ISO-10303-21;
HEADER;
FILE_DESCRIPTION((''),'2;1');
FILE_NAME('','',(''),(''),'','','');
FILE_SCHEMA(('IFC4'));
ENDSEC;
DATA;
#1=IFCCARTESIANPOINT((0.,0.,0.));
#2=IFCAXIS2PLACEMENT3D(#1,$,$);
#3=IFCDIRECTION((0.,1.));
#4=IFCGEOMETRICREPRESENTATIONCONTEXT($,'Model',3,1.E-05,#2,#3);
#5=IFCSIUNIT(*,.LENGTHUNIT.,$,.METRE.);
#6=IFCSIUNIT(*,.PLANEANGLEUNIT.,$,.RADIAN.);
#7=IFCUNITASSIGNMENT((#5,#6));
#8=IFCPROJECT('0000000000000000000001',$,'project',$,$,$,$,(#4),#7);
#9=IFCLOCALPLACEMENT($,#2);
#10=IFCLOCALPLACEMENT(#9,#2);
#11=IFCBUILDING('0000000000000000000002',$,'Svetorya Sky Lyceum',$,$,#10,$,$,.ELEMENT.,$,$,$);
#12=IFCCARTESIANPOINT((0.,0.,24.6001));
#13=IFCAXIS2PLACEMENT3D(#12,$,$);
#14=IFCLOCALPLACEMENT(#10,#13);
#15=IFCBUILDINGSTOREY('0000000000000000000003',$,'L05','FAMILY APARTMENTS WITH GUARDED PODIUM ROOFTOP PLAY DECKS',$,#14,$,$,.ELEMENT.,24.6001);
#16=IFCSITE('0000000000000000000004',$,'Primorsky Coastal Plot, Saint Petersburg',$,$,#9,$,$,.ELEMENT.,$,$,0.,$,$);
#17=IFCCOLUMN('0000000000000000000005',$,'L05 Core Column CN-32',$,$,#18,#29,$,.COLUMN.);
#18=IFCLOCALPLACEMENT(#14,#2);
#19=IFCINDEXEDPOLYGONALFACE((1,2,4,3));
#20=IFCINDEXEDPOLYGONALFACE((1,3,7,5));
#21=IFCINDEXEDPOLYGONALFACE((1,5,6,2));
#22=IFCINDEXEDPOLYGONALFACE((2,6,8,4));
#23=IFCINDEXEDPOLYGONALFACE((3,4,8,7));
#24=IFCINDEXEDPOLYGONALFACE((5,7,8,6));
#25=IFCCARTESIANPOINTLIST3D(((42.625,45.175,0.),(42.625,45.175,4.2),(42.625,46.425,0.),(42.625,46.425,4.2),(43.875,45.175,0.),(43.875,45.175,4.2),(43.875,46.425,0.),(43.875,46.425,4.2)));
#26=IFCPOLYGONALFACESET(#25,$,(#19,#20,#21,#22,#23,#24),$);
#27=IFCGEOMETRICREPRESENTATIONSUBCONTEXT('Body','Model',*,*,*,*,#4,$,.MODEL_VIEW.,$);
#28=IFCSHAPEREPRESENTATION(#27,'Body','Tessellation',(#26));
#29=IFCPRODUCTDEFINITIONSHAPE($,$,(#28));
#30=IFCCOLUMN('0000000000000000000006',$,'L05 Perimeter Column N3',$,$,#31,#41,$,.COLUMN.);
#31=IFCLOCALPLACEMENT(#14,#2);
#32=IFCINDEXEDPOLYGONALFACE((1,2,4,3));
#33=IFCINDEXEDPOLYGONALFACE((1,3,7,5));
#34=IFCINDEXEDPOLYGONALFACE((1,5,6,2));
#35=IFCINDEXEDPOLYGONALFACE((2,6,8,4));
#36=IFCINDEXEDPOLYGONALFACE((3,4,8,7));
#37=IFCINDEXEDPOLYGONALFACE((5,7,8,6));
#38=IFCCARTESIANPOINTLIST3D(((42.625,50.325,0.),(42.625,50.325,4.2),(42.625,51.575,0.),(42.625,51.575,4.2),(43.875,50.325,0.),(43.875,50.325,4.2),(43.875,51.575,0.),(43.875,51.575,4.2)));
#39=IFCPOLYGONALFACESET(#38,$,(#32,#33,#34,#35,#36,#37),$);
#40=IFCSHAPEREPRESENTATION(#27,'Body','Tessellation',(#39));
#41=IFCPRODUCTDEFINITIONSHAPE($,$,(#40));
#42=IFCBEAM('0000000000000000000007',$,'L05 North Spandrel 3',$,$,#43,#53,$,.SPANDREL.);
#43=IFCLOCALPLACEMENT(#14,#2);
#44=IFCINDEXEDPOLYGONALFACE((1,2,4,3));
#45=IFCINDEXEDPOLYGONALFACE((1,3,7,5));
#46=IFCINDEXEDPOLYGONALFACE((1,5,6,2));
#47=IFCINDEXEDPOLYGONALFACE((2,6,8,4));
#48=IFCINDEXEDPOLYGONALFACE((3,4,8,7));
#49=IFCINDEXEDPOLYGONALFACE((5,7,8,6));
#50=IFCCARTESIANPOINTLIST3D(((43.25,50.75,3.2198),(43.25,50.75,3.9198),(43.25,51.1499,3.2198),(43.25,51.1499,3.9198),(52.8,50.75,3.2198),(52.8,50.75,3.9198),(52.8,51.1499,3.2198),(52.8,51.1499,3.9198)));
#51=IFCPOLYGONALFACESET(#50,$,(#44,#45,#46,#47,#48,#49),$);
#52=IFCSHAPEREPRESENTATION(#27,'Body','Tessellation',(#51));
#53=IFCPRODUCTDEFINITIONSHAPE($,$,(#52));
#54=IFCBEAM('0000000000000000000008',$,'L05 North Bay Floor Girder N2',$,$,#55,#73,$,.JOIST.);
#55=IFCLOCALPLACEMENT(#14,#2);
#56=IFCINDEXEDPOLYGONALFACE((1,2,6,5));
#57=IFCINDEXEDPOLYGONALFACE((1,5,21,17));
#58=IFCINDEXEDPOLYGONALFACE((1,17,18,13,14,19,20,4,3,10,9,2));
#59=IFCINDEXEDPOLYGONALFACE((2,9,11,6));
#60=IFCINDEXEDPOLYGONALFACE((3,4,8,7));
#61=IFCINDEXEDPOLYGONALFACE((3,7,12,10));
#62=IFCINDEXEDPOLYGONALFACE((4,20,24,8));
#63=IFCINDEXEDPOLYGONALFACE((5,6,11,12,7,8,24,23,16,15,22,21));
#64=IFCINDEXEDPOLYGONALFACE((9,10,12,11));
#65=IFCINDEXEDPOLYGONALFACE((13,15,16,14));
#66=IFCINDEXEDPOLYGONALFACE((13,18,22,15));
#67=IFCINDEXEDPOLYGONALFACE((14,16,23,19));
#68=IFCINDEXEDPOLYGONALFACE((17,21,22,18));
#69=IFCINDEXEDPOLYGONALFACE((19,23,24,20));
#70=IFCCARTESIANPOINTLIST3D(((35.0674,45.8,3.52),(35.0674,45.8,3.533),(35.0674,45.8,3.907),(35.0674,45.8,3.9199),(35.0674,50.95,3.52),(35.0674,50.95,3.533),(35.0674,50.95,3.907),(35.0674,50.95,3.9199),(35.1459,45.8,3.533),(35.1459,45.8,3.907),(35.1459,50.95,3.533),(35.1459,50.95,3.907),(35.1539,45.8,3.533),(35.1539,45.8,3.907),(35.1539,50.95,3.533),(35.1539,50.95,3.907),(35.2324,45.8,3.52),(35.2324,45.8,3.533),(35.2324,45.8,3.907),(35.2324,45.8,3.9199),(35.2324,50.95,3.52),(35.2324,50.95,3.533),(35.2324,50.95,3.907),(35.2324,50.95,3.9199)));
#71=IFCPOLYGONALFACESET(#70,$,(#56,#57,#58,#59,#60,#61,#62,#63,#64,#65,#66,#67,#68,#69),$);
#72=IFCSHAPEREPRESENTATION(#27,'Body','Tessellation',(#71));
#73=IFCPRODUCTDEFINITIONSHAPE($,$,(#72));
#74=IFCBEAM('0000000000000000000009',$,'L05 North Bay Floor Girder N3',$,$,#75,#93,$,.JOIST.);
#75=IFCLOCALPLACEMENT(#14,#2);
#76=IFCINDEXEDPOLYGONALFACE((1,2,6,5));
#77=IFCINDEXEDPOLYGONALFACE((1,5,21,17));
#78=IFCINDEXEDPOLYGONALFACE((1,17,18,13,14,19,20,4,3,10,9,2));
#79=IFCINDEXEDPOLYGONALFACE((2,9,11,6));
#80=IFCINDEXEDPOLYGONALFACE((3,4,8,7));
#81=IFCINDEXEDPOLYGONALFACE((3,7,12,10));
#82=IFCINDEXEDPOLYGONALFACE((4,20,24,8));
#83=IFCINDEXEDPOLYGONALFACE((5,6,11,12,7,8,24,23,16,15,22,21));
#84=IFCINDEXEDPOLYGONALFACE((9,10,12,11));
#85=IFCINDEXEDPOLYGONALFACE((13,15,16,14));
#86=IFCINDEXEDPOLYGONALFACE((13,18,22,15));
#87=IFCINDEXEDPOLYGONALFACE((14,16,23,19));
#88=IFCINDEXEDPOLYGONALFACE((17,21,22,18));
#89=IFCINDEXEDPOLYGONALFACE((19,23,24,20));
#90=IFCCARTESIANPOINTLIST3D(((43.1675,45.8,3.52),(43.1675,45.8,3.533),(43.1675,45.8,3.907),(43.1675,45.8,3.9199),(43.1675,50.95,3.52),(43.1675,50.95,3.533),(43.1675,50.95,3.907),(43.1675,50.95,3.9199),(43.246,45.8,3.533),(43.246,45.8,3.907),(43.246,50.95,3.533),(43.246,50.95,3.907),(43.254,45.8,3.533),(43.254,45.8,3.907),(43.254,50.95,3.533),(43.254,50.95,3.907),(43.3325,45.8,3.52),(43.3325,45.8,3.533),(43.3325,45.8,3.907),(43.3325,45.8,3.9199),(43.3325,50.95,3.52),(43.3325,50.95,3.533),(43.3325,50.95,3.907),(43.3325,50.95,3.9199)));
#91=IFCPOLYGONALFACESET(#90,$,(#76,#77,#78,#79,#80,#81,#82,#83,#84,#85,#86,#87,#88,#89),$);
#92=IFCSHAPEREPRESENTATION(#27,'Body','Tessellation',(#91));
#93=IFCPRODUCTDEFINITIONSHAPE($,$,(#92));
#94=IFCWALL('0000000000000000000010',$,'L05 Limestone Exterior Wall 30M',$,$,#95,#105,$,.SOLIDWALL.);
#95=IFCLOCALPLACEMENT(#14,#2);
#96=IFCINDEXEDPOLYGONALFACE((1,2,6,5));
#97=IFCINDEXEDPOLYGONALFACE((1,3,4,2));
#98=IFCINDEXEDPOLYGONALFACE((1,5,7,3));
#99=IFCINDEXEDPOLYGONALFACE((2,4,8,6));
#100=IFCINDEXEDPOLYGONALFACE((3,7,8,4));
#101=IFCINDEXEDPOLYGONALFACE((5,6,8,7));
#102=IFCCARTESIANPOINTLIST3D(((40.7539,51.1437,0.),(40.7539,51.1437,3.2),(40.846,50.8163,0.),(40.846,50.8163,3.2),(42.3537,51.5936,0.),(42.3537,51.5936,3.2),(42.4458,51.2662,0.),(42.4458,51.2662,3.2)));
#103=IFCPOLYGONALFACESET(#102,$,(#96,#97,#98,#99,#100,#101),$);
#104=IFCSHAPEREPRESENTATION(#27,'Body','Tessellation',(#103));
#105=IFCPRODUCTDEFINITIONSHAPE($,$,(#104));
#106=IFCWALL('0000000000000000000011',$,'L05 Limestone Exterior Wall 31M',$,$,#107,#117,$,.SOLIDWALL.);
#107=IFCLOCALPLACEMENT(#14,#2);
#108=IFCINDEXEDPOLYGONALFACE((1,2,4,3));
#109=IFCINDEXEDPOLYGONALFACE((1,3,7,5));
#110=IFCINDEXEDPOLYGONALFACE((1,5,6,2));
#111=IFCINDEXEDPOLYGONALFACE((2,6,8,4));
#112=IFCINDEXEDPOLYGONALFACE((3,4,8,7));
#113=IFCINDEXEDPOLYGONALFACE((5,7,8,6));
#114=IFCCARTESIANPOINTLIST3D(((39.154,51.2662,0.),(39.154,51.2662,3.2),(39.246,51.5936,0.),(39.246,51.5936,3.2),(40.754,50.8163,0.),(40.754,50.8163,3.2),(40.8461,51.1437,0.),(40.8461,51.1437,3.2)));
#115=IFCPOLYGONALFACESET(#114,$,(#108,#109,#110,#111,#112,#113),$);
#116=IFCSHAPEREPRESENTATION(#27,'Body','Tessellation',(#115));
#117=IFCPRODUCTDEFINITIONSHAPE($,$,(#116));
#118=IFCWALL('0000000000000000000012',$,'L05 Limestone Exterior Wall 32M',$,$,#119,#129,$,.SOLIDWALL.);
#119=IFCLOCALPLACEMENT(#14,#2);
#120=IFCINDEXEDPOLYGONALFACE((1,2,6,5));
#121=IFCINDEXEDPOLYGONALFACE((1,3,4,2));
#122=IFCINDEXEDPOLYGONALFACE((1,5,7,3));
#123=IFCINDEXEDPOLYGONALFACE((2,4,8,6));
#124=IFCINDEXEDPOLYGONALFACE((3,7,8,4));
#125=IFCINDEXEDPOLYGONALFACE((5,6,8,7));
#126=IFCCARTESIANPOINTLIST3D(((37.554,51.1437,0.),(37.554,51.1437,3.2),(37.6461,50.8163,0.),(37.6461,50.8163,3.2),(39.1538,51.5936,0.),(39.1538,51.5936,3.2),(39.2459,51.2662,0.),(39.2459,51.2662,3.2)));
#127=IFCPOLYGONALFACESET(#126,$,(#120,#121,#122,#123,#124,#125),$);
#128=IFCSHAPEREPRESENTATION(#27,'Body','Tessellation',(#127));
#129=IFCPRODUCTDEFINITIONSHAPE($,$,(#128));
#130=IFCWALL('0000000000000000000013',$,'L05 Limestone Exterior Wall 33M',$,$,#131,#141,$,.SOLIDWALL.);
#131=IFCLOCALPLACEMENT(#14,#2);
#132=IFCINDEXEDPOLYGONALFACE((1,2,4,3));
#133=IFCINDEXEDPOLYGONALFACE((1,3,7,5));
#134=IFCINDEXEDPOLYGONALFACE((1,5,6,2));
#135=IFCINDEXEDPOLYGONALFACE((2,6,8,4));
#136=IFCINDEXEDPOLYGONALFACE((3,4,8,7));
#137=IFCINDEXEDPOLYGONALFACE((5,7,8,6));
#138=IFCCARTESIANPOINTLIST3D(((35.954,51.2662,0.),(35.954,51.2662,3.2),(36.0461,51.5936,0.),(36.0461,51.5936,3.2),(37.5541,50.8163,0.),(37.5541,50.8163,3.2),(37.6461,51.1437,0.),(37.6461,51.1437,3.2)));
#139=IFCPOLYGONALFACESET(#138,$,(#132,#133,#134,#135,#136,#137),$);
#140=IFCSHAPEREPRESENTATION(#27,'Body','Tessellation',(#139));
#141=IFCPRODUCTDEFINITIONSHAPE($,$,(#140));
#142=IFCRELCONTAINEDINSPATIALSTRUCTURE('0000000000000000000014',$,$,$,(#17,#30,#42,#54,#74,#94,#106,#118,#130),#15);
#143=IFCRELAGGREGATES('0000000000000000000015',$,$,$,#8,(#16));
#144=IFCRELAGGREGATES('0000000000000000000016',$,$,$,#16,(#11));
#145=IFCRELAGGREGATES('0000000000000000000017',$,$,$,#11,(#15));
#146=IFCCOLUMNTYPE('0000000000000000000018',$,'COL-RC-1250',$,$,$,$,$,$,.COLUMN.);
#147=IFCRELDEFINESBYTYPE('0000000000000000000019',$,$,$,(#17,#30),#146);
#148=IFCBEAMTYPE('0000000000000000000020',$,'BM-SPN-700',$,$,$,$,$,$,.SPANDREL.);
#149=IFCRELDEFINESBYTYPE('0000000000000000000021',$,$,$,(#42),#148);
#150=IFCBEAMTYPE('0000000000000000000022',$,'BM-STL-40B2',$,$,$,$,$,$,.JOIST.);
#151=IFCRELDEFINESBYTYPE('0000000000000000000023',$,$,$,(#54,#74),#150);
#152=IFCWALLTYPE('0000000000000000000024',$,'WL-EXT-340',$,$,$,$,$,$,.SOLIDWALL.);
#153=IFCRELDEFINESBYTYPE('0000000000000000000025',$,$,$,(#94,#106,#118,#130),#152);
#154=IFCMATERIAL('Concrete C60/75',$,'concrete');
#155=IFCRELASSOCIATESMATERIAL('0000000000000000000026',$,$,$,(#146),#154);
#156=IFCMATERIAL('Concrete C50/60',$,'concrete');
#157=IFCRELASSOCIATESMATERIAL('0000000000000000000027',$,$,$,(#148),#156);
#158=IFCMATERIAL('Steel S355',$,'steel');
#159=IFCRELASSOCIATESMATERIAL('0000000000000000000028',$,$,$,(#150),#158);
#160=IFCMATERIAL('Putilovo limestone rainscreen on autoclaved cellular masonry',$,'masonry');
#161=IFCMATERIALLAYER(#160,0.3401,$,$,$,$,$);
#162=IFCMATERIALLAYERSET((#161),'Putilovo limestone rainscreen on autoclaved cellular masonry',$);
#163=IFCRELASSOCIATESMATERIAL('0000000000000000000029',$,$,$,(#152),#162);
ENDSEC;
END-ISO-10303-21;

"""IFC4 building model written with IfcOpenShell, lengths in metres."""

from ifc_helpers import new_model, si_unit, direction, frame, frame_2d, origin, origin_2d, place, context, subcontext, project, spatial, rectangle, i_section, extrude, material, layer, layer_set, material_profile, profile_set, type_object, element, save


model = new_model("IFC4")

# Units and contexts
model_context = context("Model", 3, precision=1e-05, world=origin(), true_north=direction((0.0, 1.0)))
body_context = subcontext(model_context, "Body", "Model", "MODEL_VIEW")
ifc_project = project(units=[si_unit("LENGTHUNIT", "METRE"), si_unit("PLANEANGLEUNIT", "RADIAN")], contexts=[model_context])

# Site, building, storey
site_placement = place(None, origin())
site = spatial("IfcSite", under=ifc_project, at=site_placement, Name="Primorsky Coastal Plot, Saint Petersburg", CompositionType="ELEMENT", RefElevation=0.0)
building_placement = place(site_placement, origin())
building = spatial("IfcBuilding", under=site, at=building_placement, Name="Svetorya Sky Lyceum", CompositionType="ELEMENT")
storey_placement = place(building_placement, frame((0.0, 0.0, 24.6001)))
storey = spatial("IfcBuildingStorey", under=building, at=storey_placement, Name="L05", Description="FAMILY APARTMENTS WITH GUARDED PODIUM ROOFTOP PLAY DECKS", CompositionType="ELEMENT", Elevation=24.6001)

# Columns
ifc_material_1 = material(Name="Concrete C60/75", Category="concrete")
ifc_material_profile_1 = material_profile(ifc_material_1, rectangle(XDim=1.25, YDim=1.25, at=origin_2d()), Name="RC COL 1250x1250")
ifc_profile_set_1 = profile_set([ifc_material_profile_1], Name="Concrete C60/75")
column_type = type_object("IfcColumnType", Name="COL-RC-1250", PredefinedType="COLUMN", material=ifc_profile_set_1)
for number, where, z_axis, x_axis, name in (
    (1, (43.25, 45.8, 0.0), (0.0, 0.0, 1.0), (1.0, 0.0, 0.0), "L05 Core Column CN-32"),
    (2, (43.25, 50.95, 0.0), (0.0, 0.0, 1.0), (1.0, 0.0, 0.0), "L05 Perimeter Column N3"),
):
    element("IfcColumn", number, at=place(storey_placement, frame(where, z_axis=z_axis, x_axis=x_axis)), inside=storey, type_object=column_type, Name=name, PredefinedType="COLUMN", context=body_context, shape_type="SweptSolid", body=[
        extrude(rectangle(XDim=1.25, YDim=1.25, at=origin_2d()), origin(), (0.0, 0.0, 1.0), 4.2),
    ])

# Beams
ifc_material_2 = material(Name="Concrete C50/60", Category="concrete")
ifc_material_profile_2 = material_profile(ifc_material_2, rectangle(XDim=0.3999, YDim=0.7, at=origin_2d()), Name="RC SPANDREL 400x700")
ifc_profile_set_2 = profile_set([ifc_material_profile_2], Name="Concrete C50/60")
beam_type_1 = type_object("IfcBeamType", Name="BM-SPN-700", PredefinedType="SPANDREL", material=ifc_profile_set_2)
beam_placement = place(storey_placement, frame((43.25, 50.95, 3.5698), z_axis=(1.0, 0.0, 0.0), x_axis=(0.0, 1.0, 0.0)))
element("IfcBeam", 3, at=beam_placement, inside=storey, type_object=beam_type_1, Name="L05 North Spandrel 3", PredefinedType="SPANDREL", context=body_context, shape_type="SweptSolid", body=[
    extrude(rectangle(XDim=0.3999, YDim=0.7, at=origin_2d()), origin(), (0.0, 0.0, 1.0), 9.55),
])
ifc_material_3 = material(Name="Steel S355", Category="steel")
ifc_material_profile_3 = material_profile(ifc_material_3, i_section(OverallWidth=0.165, OverallDepth=0.3999, WebThickness=0.0081, FlangeThickness=0.0129, at=origin_2d()), Name="GOST 40B2")
ifc_profile_set_3 = profile_set([ifc_material_profile_3], Name="Steel S355")
beam_type_2 = type_object("IfcBeamType", Name="BM-STL-40B2", PredefinedType="JOIST", material=ifc_profile_set_3)
for number, where, z_axis, x_axis, name in (
    (4, (35.1499, 45.8, 3.72), (0.0, 1.0, 0.0), (-1.0, 0.0, 0.0), "L05 North Bay Floor Girder N2"),
    (5, (43.25, 45.8, 3.72), (0.0, 1.0, 0.0), (-1.0, 0.0, 0.0), "L05 North Bay Floor Girder N3"),
):
    element("IfcBeam", number, at=place(storey_placement, frame(where, z_axis=z_axis, x_axis=x_axis)), inside=storey, type_object=beam_type_2, Name=name, PredefinedType="JOIST", context=body_context, shape_type="SweptSolid", body=[
        extrude(i_section(OverallWidth=0.165, OverallDepth=0.3999, WebThickness=0.0081, FlangeThickness=0.0129, at=origin_2d()), origin(), (0.0, 0.0, 1.0), 5.1499),
    ])

# Walls
ifc_material_4 = material(Name="Putilovo limestone rainscreen on autoclaved cellular masonry", Category="masonry")
ifc_layer_1 = layer(ifc_material_4, 0.3401)
ifc_layer_set_1 = layer_set([ifc_layer_1], Name="Putilovo limestone rainscreen on autoclaved cellular masonry")
wall_type_1 = type_object("IfcWallType", Name="WL-EXT-340", PredefinedType="SOLIDWALL", material=ifc_layer_set_1)
wall_1_placement = place(storey_placement, frame((42.3999, 51.4299, 0.0), z_axis=(0.0, 0.0, 1.0), x_axis=(-0.962652, -0.270741, 0.0)))
element("IfcWall", 6, at=wall_1_placement, inside=storey, type_object=wall_type_1, Name="L05 Limestone Exterior Wall 30M", PredefinedType="SOLIDWALL", context=body_context, shape_type="SweptSolid", body=[
    extrude(rectangle(XDim=1.6619, YDim=0.3401, at=frame_2d((0.8311, 0.0))), origin(), (0.0, 0.0, 1.0), 3.2),
])
wall_2_placement = place(storey_placement, frame((40.8, 50.98, 0.0), z_axis=(0.0, 0.0, 1.0), x_axis=(-0.962663, 0.270703, 0.0)))
element("IfcWall", 7, at=wall_2_placement, inside=storey, type_object=wall_type_1, Name="L05 Limestone Exterior Wall 31M", PredefinedType="SOLIDWALL", context=body_context, shape_type="SweptSolid", body=[
    extrude(rectangle(XDim=1.6621, YDim=0.3401, at=frame_2d((0.8311, 0.0))), origin(), (0.0, 0.0, 1.0), 3.2),
])
wall_3_placement = place(storey_placement, frame((39.2, 51.4299, 0.0), z_axis=(0.0, 0.0, 1.0), x_axis=(-0.962652, -0.270741, 0.0)))
element("IfcWall", 8, at=wall_3_placement, inside=storey, type_object=wall_type_1, Name="L05 Limestone Exterior Wall 32M", PredefinedType="SOLIDWALL", context=body_context, shape_type="SweptSolid", body=[
    extrude(rectangle(XDim=1.6619, YDim=0.3401, at=frame_2d((0.8311, 0.0))), origin(), (0.0, 0.0, 1.0), 3.2),
])
wall_4_placement = place(storey_placement, frame((37.6001, 50.98, 0.0), z_axis=(0.0, 0.0, 1.0), x_axis=(-0.962663, 0.270703, 0.0)))
element("IfcWall", 9, at=wall_4_placement, inside=storey, type_object=wall_type_1, Name="L05 Limestone Exterior Wall 33M", PredefinedType="SOLIDWALL", context=body_context, shape_type="SweptSolid", body=[
    extrude(rectangle(XDim=1.6621, YDim=0.3401, at=frame_2d((0.8311, 0.0))), origin(), (0.0, 0.0, 1.0), 3.2),
])

save(model, "model.ifc")
